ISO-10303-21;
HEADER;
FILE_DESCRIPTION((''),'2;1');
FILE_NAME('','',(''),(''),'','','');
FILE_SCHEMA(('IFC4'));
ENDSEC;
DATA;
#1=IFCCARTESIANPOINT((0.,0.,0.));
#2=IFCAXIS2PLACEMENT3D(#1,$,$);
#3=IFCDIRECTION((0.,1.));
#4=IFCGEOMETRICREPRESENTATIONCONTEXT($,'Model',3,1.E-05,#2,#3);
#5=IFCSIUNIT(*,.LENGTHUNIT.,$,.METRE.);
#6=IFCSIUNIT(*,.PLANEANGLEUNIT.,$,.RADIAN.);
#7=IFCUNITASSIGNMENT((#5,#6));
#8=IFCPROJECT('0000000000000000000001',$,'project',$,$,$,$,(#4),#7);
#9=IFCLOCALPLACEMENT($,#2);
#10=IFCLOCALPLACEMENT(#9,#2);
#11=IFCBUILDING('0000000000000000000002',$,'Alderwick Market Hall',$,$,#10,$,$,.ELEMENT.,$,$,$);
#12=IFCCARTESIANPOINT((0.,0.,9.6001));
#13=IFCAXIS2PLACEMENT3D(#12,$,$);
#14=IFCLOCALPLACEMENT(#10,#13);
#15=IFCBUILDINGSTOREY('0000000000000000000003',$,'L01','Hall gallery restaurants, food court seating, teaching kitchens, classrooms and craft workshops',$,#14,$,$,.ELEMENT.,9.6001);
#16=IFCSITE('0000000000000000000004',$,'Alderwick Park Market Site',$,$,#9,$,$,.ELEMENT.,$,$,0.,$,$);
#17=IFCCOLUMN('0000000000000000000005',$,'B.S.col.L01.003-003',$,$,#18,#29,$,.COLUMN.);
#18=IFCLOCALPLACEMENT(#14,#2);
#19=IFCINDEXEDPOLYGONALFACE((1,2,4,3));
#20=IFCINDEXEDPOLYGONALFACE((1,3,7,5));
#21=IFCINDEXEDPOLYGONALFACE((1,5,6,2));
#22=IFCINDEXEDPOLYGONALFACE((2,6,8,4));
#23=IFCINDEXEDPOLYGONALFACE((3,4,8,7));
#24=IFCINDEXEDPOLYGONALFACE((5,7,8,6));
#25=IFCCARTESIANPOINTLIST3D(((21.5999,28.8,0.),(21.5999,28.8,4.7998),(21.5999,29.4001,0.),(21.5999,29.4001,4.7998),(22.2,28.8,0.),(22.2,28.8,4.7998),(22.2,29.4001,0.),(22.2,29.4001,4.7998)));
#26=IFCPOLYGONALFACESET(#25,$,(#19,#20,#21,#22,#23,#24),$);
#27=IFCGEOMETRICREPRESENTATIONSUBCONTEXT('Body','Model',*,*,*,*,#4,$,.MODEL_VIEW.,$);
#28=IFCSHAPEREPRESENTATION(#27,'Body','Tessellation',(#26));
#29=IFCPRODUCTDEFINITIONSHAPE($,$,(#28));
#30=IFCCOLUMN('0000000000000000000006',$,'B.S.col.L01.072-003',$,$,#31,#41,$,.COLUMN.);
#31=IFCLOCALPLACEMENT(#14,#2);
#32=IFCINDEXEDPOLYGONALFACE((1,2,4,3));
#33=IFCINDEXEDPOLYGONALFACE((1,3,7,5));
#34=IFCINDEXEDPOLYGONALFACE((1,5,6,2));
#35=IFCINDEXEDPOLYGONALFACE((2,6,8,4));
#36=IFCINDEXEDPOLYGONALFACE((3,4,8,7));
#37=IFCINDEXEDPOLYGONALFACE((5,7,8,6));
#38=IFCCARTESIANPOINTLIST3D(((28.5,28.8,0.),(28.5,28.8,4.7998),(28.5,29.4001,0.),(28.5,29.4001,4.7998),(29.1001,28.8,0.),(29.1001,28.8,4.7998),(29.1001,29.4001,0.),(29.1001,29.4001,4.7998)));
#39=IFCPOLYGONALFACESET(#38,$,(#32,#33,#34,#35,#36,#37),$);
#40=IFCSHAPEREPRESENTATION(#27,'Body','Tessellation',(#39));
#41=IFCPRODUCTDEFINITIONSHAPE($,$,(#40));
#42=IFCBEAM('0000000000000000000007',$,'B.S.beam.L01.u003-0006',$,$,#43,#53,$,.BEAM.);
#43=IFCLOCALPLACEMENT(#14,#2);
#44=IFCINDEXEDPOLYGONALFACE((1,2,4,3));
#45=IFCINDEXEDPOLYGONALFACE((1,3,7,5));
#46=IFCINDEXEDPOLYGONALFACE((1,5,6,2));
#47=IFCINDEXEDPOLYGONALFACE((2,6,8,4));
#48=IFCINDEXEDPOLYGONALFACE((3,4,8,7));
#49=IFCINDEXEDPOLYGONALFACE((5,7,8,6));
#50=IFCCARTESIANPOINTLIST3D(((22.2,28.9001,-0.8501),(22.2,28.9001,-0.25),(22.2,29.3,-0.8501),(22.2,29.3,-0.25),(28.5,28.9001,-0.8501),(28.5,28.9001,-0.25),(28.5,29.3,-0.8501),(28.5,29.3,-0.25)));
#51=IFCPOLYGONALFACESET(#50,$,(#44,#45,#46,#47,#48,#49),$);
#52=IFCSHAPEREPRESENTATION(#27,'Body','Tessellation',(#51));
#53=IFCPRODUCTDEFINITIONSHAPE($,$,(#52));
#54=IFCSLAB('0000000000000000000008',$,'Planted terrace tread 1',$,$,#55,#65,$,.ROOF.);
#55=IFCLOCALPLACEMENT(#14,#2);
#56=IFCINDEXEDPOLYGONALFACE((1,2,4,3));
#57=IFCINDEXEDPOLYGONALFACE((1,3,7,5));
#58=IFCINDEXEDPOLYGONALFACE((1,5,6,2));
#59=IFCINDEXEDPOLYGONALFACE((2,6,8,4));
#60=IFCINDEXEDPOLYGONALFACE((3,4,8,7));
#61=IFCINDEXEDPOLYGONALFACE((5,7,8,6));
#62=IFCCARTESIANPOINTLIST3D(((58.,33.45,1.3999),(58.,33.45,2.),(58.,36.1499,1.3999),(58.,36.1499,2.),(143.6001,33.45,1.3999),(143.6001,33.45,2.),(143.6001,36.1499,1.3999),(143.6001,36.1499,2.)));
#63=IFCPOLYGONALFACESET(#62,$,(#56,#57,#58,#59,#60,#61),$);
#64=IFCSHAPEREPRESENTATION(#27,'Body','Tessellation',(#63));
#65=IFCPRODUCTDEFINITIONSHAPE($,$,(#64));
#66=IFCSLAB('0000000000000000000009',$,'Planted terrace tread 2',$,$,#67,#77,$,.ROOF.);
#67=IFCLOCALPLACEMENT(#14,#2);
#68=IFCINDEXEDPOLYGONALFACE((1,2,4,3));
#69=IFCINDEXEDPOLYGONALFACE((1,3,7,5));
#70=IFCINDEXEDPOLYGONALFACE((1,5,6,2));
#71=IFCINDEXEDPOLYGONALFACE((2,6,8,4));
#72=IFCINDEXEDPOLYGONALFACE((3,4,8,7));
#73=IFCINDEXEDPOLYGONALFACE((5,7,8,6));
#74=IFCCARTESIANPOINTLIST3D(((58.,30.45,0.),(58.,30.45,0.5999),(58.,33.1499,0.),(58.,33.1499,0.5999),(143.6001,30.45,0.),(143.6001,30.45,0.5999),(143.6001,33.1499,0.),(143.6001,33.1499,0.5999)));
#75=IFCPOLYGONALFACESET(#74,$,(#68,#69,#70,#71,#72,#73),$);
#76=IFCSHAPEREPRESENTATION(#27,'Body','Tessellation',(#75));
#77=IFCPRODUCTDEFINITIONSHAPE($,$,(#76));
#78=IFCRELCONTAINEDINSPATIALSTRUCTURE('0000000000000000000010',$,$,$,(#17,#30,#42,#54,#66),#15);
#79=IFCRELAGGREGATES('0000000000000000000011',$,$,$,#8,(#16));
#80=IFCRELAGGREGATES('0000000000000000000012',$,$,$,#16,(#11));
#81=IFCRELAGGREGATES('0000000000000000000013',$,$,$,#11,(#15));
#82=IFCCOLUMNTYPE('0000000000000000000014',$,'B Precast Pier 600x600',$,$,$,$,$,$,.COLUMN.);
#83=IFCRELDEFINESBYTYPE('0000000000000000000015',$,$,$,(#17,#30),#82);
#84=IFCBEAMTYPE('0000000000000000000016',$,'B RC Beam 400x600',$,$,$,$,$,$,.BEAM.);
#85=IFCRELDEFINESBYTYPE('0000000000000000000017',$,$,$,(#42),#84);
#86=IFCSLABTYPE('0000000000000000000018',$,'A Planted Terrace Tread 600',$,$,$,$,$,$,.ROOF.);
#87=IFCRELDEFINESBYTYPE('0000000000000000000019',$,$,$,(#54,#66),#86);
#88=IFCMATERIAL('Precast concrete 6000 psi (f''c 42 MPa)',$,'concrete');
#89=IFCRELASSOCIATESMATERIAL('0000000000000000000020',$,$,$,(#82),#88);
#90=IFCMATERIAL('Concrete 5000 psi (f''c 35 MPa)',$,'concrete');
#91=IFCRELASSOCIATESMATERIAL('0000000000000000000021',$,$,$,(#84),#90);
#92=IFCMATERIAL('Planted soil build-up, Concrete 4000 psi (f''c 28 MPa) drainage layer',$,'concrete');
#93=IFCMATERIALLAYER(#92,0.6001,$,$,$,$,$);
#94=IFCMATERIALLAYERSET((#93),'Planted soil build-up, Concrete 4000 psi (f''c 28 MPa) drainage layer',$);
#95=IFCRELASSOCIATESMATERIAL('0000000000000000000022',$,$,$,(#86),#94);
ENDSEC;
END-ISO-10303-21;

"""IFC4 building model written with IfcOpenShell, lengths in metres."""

from ifc_helpers import new_model, si_unit, direction, frame, origin, origin_2d, place, context, subcontext, project, spatial, polyline, rectangle, outline, extrude, material, layer, layer_set, material_profile, profile_set, type_object, element, save


model = new_model("IFC4")

# Units and contexts
model_context = context("Model", 3, precision=1e-05, world=origin(), true_north=direction((0.0, 1.0)))
body_context = subcontext(model_context, "Body", "Model", "MODEL_VIEW")
ifc_project = project(units=[si_unit("LENGTHUNIT", "METRE"), si_unit("PLANEANGLEUNIT", "RADIAN")], contexts=[model_context])

# Site, building, storey
site_placement = place(None, origin())
site = spatial("IfcSite", under=ifc_project, at=site_placement, Name="Alderwick Park Market Site", CompositionType="ELEMENT", RefElevation=0.0)
building_placement = place(site_placement, origin())
building = spatial("IfcBuilding", under=site, at=building_placement, Name="Alderwick Market Hall", CompositionType="ELEMENT")
storey_placement = place(building_placement, frame((0.0, 0.0, 9.6001)))
storey = spatial("IfcBuildingStorey", under=building, at=storey_placement, Name="L01", Description="Hall gallery restaurants, food court seating, teaching kitchens, classrooms and craft workshops", CompositionType="ELEMENT", Elevation=9.6001)

# Columns
ifc_material_1 = material(Name="Precast concrete 6000 psi (f'c 42 MPa)", Category="concrete")
ifc_material_profile_1 = material_profile(ifc_material_1, rectangle(XDim=0.6001, YDim=0.6001, at=origin_2d()), Name="B Precast Pier 600x600")
ifc_profile_set_1 = profile_set([ifc_material_profile_1], Name="Precast concrete 6000 psi (f'c 42 MPa)")
column_type = type_object("IfcColumnType", Name="B Precast Pier 600x600", PredefinedType="COLUMN", material=ifc_profile_set_1)
for number, where, z_axis, x_axis, name in (
    (1, (21.8999, 29.1001, 0.0), (0.0, 0.0, 1.0), (1.0, 0.0, 0.0), "B.S.col.L01.003-003"),
    (2, (28.8, 29.1001, 0.0), (0.0, 0.0, 1.0), (1.0, 0.0, 0.0), "B.S.col.L01.072-003"),
):
    element("IfcColumn", number, at=place(storey_placement, frame(where, z_axis=z_axis, x_axis=x_axis)), inside=storey, type_object=column_type, Name=name, PredefinedType="COLUMN", context=body_context, shape_type="SweptSolid", body=[
        extrude(rectangle(XDim=0.6001, YDim=0.6001, at=origin_2d()), origin(), (0.0, 0.0, 1.0), 4.7998),
    ])

# Beam
ifc_material_2 = material(Name="Concrete 5000 psi (f'c 35 MPa)", Category="concrete")
ifc_material_profile_2 = material_profile(ifc_material_2, rectangle(XDim=0.3999, YDim=0.6001, at=origin_2d()), Name="B RC Beam 400x600")
ifc_profile_set_2 = profile_set([ifc_material_profile_2], Name="Concrete 5000 psi (f'c 35 MPa)")
beam_type = type_object("IfcBeamType", Name="B RC Beam 400x600", PredefinedType="BEAM", material=ifc_profile_set_2)
beam_placement = place(storey_placement, frame((22.2, 29.1001, -0.55), z_axis=(1.0, 0.0, 0.0), x_axis=(0.0, 1.0, 0.0)))
element("IfcBeam", 3, at=beam_placement, inside=storey, type_object=beam_type, Name="B.S.beam.L01.u003-0006", PredefinedType="BEAM", context=body_context, shape_type="SweptSolid", body=[
    extrude(rectangle(XDim=0.3999, YDim=0.6001, at=origin_2d()), origin(), (0.0, 0.0, 1.0), 6.3),
])

# Slabs
ifc_material_3 = material(Name="Planted soil build-up, Concrete 4000 psi (f'c 28 MPa) drainage layer", Category="concrete")
ifc_layer_1 = layer(ifc_material_3, 0.6001)
ifc_layer_set_1 = layer_set([ifc_layer_1], Name="Planted soil build-up, Concrete 4000 psi (f'c 28 MPa) drainage layer")
slab_type_1 = type_object("IfcSlabType", Name="A Planted Terrace Tread 600", PredefinedType="ROOF", material=ifc_layer_set_1)
slab_1_placement = place(storey_placement, frame((0.0, 0.0, 1.3999)))
element("IfcSlab", 4, at=slab_1_placement, inside=storey, type_object=slab_type_1, Name="Planted terrace tread 1", PredefinedType="ROOF", context=body_context, shape_type="SweptSolid", body=[
    extrude(outline(polyline([(58.0, 33.45), (143.6001, 33.45), (143.6001, 36.1499), (58.0, 36.1499), (58.0, 33.45)])), origin(), (0.0, 0.0, 1.0), 0.6001),
])
slab_2_placement = place(storey_placement, origin())
element("IfcSlab", 5, at=slab_2_placement, inside=storey, type_object=slab_type_1, Name="Planted terrace tread 2", PredefinedType="ROOF", context=body_context, shape_type="SweptSolid", body=[
    extrude(outline(polyline([(58.0, 30.45), (143.6001, 30.45), (143.6001, 33.1499), (58.0, 33.1499), (58.0, 30.45)])), origin(), (0.0, 0.0, 1.0), 0.5999),
])

save(model, "model.ifc")
